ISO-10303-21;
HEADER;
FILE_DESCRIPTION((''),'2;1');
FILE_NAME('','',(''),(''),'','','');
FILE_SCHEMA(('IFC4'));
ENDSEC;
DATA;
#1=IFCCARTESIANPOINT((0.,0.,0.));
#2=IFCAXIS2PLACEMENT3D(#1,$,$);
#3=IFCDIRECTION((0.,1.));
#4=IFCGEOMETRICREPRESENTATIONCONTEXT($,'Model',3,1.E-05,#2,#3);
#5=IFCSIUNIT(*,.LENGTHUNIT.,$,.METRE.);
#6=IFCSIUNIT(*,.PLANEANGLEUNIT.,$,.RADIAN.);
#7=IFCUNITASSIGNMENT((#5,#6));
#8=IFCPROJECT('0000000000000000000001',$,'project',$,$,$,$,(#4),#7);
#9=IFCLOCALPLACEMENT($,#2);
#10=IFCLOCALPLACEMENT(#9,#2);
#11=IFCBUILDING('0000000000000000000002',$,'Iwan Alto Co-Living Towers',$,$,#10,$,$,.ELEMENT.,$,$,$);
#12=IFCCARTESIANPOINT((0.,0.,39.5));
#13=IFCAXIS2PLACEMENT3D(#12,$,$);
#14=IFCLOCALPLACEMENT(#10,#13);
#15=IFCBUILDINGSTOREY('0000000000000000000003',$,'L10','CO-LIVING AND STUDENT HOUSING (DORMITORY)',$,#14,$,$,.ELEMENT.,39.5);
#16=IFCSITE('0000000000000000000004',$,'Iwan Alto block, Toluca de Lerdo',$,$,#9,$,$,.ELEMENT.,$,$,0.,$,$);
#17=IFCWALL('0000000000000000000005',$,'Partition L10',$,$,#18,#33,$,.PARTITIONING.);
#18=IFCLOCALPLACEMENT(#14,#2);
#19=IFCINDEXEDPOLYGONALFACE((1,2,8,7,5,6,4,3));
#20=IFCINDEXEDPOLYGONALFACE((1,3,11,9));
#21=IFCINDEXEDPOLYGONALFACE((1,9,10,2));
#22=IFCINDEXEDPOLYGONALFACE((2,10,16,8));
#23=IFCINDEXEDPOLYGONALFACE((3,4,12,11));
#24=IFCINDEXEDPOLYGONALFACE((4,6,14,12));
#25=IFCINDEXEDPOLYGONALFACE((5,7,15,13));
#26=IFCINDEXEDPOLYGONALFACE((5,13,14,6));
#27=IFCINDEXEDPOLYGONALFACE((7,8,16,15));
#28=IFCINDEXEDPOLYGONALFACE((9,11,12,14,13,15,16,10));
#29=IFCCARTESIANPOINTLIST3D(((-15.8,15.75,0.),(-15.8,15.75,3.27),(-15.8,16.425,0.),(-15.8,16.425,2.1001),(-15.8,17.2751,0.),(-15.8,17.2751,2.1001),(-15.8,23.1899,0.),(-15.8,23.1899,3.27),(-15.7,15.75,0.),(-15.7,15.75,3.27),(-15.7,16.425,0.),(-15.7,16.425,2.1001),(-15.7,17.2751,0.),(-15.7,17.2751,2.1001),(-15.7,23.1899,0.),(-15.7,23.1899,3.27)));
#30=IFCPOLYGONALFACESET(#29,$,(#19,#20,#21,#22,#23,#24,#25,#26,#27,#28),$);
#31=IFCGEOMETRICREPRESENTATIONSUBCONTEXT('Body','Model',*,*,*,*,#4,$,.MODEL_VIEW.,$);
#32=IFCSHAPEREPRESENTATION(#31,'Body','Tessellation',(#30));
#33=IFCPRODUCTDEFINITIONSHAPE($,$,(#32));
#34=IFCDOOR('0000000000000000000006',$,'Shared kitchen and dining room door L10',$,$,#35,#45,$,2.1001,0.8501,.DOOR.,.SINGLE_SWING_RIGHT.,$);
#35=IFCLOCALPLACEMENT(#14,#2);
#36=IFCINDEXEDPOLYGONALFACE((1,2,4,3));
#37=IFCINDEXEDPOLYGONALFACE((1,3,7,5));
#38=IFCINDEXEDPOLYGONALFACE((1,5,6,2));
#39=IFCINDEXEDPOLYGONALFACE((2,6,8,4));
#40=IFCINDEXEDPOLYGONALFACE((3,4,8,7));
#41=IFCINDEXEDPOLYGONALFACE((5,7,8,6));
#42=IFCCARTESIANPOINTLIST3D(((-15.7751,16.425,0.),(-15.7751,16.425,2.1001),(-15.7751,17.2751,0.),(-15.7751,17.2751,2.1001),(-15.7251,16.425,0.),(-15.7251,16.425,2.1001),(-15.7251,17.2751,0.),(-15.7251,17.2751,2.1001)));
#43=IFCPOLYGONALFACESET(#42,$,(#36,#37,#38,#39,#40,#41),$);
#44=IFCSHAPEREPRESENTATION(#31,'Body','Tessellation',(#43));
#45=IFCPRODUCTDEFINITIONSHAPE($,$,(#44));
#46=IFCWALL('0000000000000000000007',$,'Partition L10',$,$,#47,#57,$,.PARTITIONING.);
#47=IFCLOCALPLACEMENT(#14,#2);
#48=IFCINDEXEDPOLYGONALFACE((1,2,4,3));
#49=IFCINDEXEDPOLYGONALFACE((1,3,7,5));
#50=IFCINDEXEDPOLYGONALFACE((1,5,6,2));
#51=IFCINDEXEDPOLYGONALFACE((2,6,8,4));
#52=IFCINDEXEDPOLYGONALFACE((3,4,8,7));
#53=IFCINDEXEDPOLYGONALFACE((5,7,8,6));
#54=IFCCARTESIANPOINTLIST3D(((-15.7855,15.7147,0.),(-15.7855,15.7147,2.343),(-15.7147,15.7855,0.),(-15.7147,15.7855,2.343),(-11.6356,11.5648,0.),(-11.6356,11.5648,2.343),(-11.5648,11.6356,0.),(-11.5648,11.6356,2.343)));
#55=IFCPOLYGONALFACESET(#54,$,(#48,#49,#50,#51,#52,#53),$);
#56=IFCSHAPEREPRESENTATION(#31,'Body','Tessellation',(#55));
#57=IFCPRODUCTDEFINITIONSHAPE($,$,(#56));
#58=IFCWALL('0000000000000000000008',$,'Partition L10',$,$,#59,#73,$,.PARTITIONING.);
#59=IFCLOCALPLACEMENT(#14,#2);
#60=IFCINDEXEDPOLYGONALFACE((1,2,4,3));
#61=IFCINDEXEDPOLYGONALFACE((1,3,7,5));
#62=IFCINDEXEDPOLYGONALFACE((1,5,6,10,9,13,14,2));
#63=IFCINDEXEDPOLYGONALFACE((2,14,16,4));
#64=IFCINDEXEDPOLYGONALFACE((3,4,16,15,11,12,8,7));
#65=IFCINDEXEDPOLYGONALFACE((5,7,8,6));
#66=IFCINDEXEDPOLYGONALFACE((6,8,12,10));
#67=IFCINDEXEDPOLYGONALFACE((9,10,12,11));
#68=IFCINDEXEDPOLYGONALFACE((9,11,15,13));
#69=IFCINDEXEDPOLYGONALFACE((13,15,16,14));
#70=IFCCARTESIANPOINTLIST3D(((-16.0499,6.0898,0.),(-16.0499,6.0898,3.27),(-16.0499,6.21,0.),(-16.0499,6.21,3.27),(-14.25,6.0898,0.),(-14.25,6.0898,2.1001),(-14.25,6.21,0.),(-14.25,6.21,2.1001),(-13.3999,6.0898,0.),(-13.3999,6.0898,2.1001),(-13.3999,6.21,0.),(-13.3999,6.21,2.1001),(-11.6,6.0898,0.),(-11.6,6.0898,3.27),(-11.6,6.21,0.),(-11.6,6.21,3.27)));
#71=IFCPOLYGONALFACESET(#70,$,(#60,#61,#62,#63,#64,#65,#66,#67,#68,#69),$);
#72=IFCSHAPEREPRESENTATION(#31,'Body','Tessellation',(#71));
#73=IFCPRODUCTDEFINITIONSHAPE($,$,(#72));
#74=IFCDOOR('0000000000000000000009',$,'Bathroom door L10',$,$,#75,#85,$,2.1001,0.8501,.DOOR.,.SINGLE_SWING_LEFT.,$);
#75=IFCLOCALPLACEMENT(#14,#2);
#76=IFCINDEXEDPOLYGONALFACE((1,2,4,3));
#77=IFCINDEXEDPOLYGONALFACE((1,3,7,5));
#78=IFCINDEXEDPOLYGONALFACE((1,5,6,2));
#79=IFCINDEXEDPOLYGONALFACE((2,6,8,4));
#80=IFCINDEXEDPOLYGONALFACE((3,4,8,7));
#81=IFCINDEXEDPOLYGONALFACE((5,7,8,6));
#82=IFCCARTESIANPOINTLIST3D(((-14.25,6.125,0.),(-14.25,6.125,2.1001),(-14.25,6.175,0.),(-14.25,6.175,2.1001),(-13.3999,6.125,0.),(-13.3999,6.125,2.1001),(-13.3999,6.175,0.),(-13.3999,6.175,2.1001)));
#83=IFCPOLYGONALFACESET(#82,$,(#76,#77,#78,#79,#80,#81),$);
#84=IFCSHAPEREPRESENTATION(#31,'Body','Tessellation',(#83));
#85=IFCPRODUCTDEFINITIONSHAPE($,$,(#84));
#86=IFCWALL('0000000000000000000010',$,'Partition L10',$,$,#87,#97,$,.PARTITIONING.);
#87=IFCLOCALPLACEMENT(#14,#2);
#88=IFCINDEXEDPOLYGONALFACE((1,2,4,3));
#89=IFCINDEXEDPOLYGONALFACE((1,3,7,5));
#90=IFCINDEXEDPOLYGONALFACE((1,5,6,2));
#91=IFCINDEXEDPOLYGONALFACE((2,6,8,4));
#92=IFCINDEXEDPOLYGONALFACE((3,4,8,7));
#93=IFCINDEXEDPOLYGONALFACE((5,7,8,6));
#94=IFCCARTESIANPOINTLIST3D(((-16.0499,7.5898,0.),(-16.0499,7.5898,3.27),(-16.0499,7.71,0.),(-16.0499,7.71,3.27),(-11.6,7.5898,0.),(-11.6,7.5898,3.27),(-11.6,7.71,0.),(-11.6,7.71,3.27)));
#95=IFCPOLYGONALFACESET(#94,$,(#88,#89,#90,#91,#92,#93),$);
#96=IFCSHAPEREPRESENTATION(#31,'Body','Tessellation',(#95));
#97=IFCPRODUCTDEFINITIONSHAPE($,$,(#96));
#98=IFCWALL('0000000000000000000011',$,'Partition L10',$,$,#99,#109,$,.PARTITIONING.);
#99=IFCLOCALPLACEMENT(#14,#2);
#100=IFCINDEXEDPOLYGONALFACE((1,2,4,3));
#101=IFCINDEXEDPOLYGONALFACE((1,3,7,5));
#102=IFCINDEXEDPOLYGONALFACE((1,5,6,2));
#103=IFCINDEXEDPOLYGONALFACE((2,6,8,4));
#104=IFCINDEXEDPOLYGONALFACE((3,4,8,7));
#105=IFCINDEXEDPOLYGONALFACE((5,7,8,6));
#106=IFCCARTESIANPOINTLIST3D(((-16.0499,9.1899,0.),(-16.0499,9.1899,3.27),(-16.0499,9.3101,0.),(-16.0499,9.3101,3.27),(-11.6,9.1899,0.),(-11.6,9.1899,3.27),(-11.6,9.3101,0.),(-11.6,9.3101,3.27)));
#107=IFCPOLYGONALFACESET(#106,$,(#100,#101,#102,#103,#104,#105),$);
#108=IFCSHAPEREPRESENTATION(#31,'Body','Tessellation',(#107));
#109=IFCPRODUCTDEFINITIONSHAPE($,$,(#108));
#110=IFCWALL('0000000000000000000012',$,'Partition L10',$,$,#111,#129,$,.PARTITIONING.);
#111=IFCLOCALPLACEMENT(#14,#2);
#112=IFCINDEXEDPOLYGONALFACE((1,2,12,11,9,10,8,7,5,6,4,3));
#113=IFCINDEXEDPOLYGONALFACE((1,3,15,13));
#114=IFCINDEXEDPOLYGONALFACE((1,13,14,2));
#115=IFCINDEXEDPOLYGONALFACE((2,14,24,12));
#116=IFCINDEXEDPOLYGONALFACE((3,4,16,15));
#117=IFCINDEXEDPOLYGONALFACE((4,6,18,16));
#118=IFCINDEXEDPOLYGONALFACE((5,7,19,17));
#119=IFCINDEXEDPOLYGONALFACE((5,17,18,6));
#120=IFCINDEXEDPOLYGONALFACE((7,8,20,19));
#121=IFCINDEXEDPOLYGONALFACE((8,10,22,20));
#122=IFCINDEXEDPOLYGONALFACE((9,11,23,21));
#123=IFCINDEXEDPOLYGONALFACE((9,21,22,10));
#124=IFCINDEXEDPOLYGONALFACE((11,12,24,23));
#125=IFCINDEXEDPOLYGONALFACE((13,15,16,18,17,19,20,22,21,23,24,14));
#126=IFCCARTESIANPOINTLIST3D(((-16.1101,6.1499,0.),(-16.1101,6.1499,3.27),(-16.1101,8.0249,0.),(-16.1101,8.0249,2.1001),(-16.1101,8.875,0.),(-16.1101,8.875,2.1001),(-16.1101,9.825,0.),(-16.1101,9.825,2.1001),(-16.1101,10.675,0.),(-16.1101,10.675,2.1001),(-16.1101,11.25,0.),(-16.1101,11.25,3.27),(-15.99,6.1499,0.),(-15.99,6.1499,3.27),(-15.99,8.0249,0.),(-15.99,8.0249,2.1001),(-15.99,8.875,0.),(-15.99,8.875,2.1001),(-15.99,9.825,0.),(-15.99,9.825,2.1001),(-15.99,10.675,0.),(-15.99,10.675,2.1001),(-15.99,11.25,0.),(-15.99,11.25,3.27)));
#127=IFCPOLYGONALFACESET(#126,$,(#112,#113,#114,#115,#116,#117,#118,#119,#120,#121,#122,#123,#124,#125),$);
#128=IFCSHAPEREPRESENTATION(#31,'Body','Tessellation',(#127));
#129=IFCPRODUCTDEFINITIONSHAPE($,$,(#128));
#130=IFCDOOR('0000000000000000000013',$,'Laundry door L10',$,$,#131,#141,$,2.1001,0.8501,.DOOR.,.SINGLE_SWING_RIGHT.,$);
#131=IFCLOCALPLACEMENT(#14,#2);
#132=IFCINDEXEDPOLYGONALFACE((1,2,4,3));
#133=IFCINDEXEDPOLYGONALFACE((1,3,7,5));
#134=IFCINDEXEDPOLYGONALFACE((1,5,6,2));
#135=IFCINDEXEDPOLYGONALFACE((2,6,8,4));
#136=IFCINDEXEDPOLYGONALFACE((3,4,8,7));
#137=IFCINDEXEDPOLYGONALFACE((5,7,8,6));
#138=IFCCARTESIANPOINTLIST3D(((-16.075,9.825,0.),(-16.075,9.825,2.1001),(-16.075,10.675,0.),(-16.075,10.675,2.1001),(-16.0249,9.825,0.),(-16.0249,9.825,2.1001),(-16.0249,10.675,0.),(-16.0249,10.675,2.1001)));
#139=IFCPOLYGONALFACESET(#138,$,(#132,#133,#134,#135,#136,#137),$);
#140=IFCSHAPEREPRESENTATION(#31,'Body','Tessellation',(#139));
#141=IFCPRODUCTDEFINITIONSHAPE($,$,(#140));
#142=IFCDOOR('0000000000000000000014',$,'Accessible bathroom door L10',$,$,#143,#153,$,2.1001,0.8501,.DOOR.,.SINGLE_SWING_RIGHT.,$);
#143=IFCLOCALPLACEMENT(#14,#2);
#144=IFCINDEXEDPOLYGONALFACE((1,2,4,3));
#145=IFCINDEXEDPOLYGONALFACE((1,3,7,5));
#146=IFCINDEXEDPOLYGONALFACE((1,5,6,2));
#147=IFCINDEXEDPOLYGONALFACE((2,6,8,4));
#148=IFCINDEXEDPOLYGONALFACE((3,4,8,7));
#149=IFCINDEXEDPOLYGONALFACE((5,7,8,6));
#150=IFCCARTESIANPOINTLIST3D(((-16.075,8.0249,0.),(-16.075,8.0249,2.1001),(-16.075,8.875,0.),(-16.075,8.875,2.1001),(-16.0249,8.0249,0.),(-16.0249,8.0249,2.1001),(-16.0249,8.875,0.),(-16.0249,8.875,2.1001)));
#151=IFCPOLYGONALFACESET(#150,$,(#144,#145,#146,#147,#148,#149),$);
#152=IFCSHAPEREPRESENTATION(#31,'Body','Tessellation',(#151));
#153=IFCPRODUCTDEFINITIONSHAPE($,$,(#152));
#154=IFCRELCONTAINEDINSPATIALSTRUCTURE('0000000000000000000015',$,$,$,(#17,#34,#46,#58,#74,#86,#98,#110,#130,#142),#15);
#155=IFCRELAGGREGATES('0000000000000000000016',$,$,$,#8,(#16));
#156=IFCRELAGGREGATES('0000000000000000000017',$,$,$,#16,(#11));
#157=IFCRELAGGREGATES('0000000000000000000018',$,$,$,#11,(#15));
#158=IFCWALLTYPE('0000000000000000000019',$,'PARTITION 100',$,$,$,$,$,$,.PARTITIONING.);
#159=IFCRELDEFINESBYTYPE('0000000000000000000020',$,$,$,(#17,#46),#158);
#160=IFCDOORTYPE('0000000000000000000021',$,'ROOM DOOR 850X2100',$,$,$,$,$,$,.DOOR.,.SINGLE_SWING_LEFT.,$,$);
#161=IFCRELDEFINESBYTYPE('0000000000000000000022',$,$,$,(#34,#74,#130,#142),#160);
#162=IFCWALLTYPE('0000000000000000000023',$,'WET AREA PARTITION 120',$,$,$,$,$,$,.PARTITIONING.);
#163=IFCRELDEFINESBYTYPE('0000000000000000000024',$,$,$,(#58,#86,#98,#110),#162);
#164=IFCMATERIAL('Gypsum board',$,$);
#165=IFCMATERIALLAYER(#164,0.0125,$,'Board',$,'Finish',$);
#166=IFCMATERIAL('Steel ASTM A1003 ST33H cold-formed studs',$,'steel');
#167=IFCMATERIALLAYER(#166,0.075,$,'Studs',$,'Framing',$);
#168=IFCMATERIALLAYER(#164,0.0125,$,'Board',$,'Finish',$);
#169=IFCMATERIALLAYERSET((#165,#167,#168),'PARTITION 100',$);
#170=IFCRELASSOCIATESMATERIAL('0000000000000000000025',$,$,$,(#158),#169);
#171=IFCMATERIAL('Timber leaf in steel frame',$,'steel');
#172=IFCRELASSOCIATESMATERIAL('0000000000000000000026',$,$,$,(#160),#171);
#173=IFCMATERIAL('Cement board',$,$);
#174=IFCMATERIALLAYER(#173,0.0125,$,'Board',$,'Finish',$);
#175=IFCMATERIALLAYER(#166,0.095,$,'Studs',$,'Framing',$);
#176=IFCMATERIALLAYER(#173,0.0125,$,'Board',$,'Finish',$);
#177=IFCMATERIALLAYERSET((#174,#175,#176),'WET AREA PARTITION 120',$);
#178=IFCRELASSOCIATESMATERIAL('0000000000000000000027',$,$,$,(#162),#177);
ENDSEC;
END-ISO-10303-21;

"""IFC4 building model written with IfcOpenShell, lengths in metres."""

from ifc_helpers import new_model, si_unit, direction, frame, frame_2d, origin, place, context, subcontext, project, spatial, rectangle, extrude, material, layer, layer_set, type_object, element, fill, save


model = new_model("IFC4")

# Units and contexts
model_context = context("Model", 3, precision=1e-05, world=origin(), true_north=direction((0.0, 1.0)))
body_context = subcontext(model_context, "Body", "Model", "MODEL_VIEW")
ifc_project = project(units=[si_unit("LENGTHUNIT", "METRE"), si_unit("PLANEANGLEUNIT", "RADIAN")], contexts=[model_context])

# Site, building, storey
site_placement = place(None, origin())
site = spatial("IfcSite", under=ifc_project, at=site_placement, Name="Iwan Alto block, Toluca de Lerdo", CompositionType="ELEMENT", RefElevation=0.0)
building_placement = place(site_placement, origin())
building = spatial("IfcBuilding", under=site, at=building_placement, Name="Iwan Alto Co-Living Towers", CompositionType="ELEMENT")
storey_placement = place(building_placement, frame((0.0, 0.0, 39.5)))
storey = spatial("IfcBuildingStorey", under=building, at=storey_placement, Name="L10", Description="CO-LIVING AND STUDENT HOUSING (DORMITORY)", CompositionType="ELEMENT", Elevation=39.5)

# Shared definitions
ifc_material_1 = material(Name="Gypsum board")
ifc_material_2 = material(Name="Steel ASTM A1003 ST33H cold-formed studs", Category="steel")

# Wall, opening, door
ifc_layer_1 = layer(ifc_material_1, 0.0125, Name="Board", Category="Finish")
ifc_layer_2 = layer(ifc_material_2, 0.075, Name="Studs", Category="Framing")
ifc_layer_3 = layer(ifc_material_1, 0.0125, Name="Board", Category="Finish")
ifc_layer_set_1 = layer_set([ifc_layer_1, ifc_layer_2, ifc_layer_3], Name="PARTITION 100")
wall_type_1 = type_object("IfcWallType", Name="PARTITION 100", PredefinedType="PARTITIONING", material=ifc_layer_set_1)
ifc_material_3 = material(Name="Timber leaf in steel frame", Category="steel")
door_type_1 = type_object("IfcDoorType", Name="ROOM DOOR 850X2100", OperationType="SINGLE_SWING_LEFT", PredefinedType="DOOR", material=ifc_material_3)
wall_1_placement = place(storey_placement, frame((-15.75, 15.75, 0.0), z_axis=(0.0, 0.0, 1.0), x_axis=(0.0, 1.0, 0.0)))
wall_1 = element("IfcWall", 1, at=wall_1_placement, inside=storey, type_object=wall_type_1, Name="Partition L10", PredefinedType="PARTITIONING", context=body_context, shape_type="SweptSolid", body=[
    extrude(rectangle(XDim=7.4399, YDim=0.1001, at=frame_2d((3.72, 0.0))), origin(), (0.0, 0.0, 1.0), 3.27),
])
opening_1_placement = place(wall_1_placement, frame((0.675, 0.0, 0.0)))
opening_1 = element("IfcOpeningElement", 2, at=opening_1_placement, cuts=wall_1, PredefinedType="OPENING", context=body_context, shape_type="SweptSolid", body=[
    extrude(rectangle(XDim=0.8501, YDim=2.1001, at=frame_2d((0.425, 1.05))), frame((0.0, 0.0601, 0.0), z_axis=(0.0, -1.0, 0.0), x_axis=(1.0, 0.0, 0.0)), (0.0, 0.0, 1.0), 0.1201),
])
door_1_placement = place(opening_1_placement, frame((0.8501, 0.0, 0.0), z_axis=(0.0, 0.0, 1.0), x_axis=(-1.0, 0.0, 0.0)))
door_1 = element("IfcDoor", 3, at=door_1_placement, inside=storey, type_object=door_type_1, Name="Shared kitchen and dining room door L10", OperationType="SINGLE_SWING_RIGHT", OverallHeight=2.1001, OverallWidth=0.8501, PredefinedType="DOOR", context=body_context, shape_type="SweptSolid", body=[
    extrude(rectangle(XDim=0.8501, YDim=2.1001, at=frame_2d((0.425, 1.05))), frame((0.0, 0.0249, 0.0), z_axis=(0.0, -1.0, 0.0), x_axis=(1.0, 0.0, 0.0)), (0.0, 0.0, 1.0), 0.05),
])
fill(opening_1, door_1)

# Wall
wall_2_placement = place(storey_placement, frame((-11.6001, 11.6001, 0.0), z_axis=(0.0, 0.0, 1.0), x_axis=(-0.707107, 0.707107, 0.0)))
element("IfcWall", 4, at=wall_2_placement, inside=storey, type_object=wall_type_1, Name="Partition L10", PredefinedType="PARTITIONING", context=body_context, shape_type="SweptSolid", body=[
    extrude(rectangle(XDim=5.8689, YDim=0.1001, at=frame_2d((2.9346, 0.0))), origin(), (0.0, 0.0, 1.0), 2.343),
])

# Wall, opening, door
ifc_material_4 = material(Name="Cement board")
ifc_layer_4 = layer(ifc_material_4, 0.0125, Name="Board", Category="Finish")
ifc_layer_5 = layer(ifc_material_2, 0.095, Name="Studs", Category="Framing")
ifc_layer_6 = layer(ifc_material_4, 0.0125, Name="Board", Category="Finish")
ifc_layer_set_2 = layer_set([ifc_layer_4, ifc_layer_5, ifc_layer_6], Name="WET AREA PARTITION 120")
wall_type_2 = type_object("IfcWallType", Name="WET AREA PARTITION 120", PredefinedType="PARTITIONING", material=ifc_layer_set_2)
wall_3_placement = place(storey_placement, frame((-16.05, 6.1499, 0.0), z_axis=(0.0, 0.0, 1.0), x_axis=(1.0, 0.0, 0.0)))
wall_3 = element("IfcWall", 5, at=wall_3_placement, inside=storey, type_object=wall_type_2, Name="Partition L10", PredefinedType="PARTITIONING", context=body_context, shape_type="SweptSolid", body=[
    extrude(rectangle(XDim=4.45, YDim=0.1201, at=frame_2d((2.2251, 0.0))), origin(), (0.0, 0.0, 1.0), 3.27),
])
opening_2_placement = place(wall_3_placement, frame((1.8, 0.0, 0.0)))
opening_2 = element("IfcOpeningElement", 6, at=opening_2_placement, cuts=wall_3, PredefinedType="OPENING", context=body_context, shape_type="SweptSolid", body=[
    extrude(rectangle(XDim=0.8501, YDim=2.1001, at=frame_2d((0.425, 1.05))), frame((0.0, 0.0701, 0.0), z_axis=(0.0, -1.0, 0.0), x_axis=(1.0, 0.0, 0.0)), (0.0, 0.0, 1.0), 0.1401),
])
door_2_placement = place(opening_2_placement, frame((0.8501, 0.0, 0.0), z_axis=(0.0, 0.0, 1.0), x_axis=(-1.0, 0.0, 0.0)))
door_2 = element("IfcDoor", 7, at=door_2_placement, inside=storey, type_object=door_type_1, Name="Bathroom door L10", OperationType="SINGLE_SWING_LEFT", OverallHeight=2.1001, OverallWidth=0.8501, PredefinedType="DOOR", context=body_context, shape_type="SweptSolid", body=[
    extrude(rectangle(XDim=0.8501, YDim=2.1001, at=frame_2d((0.425, 1.05))), frame((0.0, 0.0249, 0.0), z_axis=(0.0, -1.0, 0.0), x_axis=(1.0, 0.0, 0.0)), (0.0, 0.0, 1.0), 0.05),
])
fill(opening_2, door_2)

# Walls
for number, where, z_axis, x_axis, name in (
    (8, (-16.05, 7.6499, 0.0), (0.0, 0.0, 1.0), (1.0, 0.0, 0.0), "Partition L10"),
    (9, (-16.05, 9.25, 0.0), (0.0, 0.0, 1.0), (1.0, 0.0, 0.0), "Partition L10"),
):
    element("IfcWall", number, at=place(storey_placement, frame(where, z_axis=z_axis, x_axis=x_axis)), inside=storey, type_object=wall_type_2, Name=name, PredefinedType="PARTITIONING", context=body_context, shape_type="SweptSolid", body=[
        extrude(rectangle(XDim=4.45, YDim=0.1201, at=frame_2d((2.2251, 0.0))), origin(), (0.0, 0.0, 1.0), 3.27),
    ])

# Wall, openings, doors
wall_4_placement = place(storey_placement, frame((-16.05, 6.1499, 0.0), z_axis=(0.0, 0.0, 1.0), x_axis=(0.0, 1.0, 0.0)))
wall_4 = element("IfcWall", 10, at=wall_4_placement, inside=storey, type_object=wall_type_2, Name="Partition L10", PredefinedType="PARTITIONING", context=body_context, shape_type="SweptSolid", body=[
    extrude(rectangle(XDim=5.1001, YDim=0.1201, at=frame_2d((2.55, 0.0))), origin(), (0.0, 0.0, 1.0), 3.27),
])
opening_3_placement = place(wall_4_placement, frame((3.675, 0.0, 0.0)))
opening_3 = element("IfcOpeningElement", 11, at=opening_3_placement, cuts=wall_4, PredefinedType="OPENING", context=body_context, shape_type="SweptSolid", body=[
    extrude(rectangle(XDim=0.8501, YDim=2.1001, at=frame_2d((0.425, 1.05))), frame((0.0, 0.0701, 0.0), z_axis=(0.0, -1.0, 0.0), x_axis=(1.0, 0.0, 0.0)), (0.0, 0.0, 1.0), 0.1401),
])
opening_4_placement = place(wall_4_placement, frame((1.875, 0.0, 0.0)))
opening_4 = element("IfcOpeningElement", 12, at=opening_4_placement, cuts=wall_4, PredefinedType="OPENING", context=body_context, shape_type="SweptSolid", body=[
    extrude(rectangle(XDim=0.8501, YDim=2.1001, at=frame_2d((0.425, 1.05))), frame((0.0, 0.0701, 0.0), z_axis=(0.0, -1.0, 0.0), x_axis=(1.0, 0.0, 0.0)), (0.0, 0.0, 1.0), 0.1401),
])
door_3_placement = place(opening_3_placement, origin())
door_3 = element("IfcDoor", 13, at=door_3_placement, inside=storey, type_object=door_type_1, Name="Laundry door L10", OperationType="SINGLE_SWING_RIGHT", OverallHeight=2.1001, OverallWidth=0.8501, PredefinedType="DOOR", context=body_context, shape_type="SweptSolid", body=[
    extrude(rectangle(XDim=0.8501, YDim=2.1001, at=frame_2d((0.425, 1.05))), frame((0.0, 0.0249, 0.0), z_axis=(0.0, -1.0, 0.0), x_axis=(1.0, 0.0, 0.0)), (0.0, 0.0, 1.0), 0.05),
])
fill(opening_3, door_3)
door_4_placement = place(opening_4_placement, origin())
door_4 = element("IfcDoor", 14, at=door_4_placement, inside=storey, type_object=door_type_1, Name="Accessible bathroom door L10", OperationType="SINGLE_SWING_RIGHT", OverallHeight=2.1001, OverallWidth=0.8501, PredefinedType="DOOR", context=body_context, shape_type="SweptSolid", body=[
    extrude(rectangle(XDim=0.8501, YDim=2.1001, at=frame_2d((0.425, 1.05))), frame((0.0, 0.0249, 0.0), z_axis=(0.0, -1.0, 0.0), x_axis=(1.0, 0.0, 0.0)), (0.0, 0.0, 1.0), 0.05),
])
fill(opening_4, door_4)

save(model, "model.ifc")
